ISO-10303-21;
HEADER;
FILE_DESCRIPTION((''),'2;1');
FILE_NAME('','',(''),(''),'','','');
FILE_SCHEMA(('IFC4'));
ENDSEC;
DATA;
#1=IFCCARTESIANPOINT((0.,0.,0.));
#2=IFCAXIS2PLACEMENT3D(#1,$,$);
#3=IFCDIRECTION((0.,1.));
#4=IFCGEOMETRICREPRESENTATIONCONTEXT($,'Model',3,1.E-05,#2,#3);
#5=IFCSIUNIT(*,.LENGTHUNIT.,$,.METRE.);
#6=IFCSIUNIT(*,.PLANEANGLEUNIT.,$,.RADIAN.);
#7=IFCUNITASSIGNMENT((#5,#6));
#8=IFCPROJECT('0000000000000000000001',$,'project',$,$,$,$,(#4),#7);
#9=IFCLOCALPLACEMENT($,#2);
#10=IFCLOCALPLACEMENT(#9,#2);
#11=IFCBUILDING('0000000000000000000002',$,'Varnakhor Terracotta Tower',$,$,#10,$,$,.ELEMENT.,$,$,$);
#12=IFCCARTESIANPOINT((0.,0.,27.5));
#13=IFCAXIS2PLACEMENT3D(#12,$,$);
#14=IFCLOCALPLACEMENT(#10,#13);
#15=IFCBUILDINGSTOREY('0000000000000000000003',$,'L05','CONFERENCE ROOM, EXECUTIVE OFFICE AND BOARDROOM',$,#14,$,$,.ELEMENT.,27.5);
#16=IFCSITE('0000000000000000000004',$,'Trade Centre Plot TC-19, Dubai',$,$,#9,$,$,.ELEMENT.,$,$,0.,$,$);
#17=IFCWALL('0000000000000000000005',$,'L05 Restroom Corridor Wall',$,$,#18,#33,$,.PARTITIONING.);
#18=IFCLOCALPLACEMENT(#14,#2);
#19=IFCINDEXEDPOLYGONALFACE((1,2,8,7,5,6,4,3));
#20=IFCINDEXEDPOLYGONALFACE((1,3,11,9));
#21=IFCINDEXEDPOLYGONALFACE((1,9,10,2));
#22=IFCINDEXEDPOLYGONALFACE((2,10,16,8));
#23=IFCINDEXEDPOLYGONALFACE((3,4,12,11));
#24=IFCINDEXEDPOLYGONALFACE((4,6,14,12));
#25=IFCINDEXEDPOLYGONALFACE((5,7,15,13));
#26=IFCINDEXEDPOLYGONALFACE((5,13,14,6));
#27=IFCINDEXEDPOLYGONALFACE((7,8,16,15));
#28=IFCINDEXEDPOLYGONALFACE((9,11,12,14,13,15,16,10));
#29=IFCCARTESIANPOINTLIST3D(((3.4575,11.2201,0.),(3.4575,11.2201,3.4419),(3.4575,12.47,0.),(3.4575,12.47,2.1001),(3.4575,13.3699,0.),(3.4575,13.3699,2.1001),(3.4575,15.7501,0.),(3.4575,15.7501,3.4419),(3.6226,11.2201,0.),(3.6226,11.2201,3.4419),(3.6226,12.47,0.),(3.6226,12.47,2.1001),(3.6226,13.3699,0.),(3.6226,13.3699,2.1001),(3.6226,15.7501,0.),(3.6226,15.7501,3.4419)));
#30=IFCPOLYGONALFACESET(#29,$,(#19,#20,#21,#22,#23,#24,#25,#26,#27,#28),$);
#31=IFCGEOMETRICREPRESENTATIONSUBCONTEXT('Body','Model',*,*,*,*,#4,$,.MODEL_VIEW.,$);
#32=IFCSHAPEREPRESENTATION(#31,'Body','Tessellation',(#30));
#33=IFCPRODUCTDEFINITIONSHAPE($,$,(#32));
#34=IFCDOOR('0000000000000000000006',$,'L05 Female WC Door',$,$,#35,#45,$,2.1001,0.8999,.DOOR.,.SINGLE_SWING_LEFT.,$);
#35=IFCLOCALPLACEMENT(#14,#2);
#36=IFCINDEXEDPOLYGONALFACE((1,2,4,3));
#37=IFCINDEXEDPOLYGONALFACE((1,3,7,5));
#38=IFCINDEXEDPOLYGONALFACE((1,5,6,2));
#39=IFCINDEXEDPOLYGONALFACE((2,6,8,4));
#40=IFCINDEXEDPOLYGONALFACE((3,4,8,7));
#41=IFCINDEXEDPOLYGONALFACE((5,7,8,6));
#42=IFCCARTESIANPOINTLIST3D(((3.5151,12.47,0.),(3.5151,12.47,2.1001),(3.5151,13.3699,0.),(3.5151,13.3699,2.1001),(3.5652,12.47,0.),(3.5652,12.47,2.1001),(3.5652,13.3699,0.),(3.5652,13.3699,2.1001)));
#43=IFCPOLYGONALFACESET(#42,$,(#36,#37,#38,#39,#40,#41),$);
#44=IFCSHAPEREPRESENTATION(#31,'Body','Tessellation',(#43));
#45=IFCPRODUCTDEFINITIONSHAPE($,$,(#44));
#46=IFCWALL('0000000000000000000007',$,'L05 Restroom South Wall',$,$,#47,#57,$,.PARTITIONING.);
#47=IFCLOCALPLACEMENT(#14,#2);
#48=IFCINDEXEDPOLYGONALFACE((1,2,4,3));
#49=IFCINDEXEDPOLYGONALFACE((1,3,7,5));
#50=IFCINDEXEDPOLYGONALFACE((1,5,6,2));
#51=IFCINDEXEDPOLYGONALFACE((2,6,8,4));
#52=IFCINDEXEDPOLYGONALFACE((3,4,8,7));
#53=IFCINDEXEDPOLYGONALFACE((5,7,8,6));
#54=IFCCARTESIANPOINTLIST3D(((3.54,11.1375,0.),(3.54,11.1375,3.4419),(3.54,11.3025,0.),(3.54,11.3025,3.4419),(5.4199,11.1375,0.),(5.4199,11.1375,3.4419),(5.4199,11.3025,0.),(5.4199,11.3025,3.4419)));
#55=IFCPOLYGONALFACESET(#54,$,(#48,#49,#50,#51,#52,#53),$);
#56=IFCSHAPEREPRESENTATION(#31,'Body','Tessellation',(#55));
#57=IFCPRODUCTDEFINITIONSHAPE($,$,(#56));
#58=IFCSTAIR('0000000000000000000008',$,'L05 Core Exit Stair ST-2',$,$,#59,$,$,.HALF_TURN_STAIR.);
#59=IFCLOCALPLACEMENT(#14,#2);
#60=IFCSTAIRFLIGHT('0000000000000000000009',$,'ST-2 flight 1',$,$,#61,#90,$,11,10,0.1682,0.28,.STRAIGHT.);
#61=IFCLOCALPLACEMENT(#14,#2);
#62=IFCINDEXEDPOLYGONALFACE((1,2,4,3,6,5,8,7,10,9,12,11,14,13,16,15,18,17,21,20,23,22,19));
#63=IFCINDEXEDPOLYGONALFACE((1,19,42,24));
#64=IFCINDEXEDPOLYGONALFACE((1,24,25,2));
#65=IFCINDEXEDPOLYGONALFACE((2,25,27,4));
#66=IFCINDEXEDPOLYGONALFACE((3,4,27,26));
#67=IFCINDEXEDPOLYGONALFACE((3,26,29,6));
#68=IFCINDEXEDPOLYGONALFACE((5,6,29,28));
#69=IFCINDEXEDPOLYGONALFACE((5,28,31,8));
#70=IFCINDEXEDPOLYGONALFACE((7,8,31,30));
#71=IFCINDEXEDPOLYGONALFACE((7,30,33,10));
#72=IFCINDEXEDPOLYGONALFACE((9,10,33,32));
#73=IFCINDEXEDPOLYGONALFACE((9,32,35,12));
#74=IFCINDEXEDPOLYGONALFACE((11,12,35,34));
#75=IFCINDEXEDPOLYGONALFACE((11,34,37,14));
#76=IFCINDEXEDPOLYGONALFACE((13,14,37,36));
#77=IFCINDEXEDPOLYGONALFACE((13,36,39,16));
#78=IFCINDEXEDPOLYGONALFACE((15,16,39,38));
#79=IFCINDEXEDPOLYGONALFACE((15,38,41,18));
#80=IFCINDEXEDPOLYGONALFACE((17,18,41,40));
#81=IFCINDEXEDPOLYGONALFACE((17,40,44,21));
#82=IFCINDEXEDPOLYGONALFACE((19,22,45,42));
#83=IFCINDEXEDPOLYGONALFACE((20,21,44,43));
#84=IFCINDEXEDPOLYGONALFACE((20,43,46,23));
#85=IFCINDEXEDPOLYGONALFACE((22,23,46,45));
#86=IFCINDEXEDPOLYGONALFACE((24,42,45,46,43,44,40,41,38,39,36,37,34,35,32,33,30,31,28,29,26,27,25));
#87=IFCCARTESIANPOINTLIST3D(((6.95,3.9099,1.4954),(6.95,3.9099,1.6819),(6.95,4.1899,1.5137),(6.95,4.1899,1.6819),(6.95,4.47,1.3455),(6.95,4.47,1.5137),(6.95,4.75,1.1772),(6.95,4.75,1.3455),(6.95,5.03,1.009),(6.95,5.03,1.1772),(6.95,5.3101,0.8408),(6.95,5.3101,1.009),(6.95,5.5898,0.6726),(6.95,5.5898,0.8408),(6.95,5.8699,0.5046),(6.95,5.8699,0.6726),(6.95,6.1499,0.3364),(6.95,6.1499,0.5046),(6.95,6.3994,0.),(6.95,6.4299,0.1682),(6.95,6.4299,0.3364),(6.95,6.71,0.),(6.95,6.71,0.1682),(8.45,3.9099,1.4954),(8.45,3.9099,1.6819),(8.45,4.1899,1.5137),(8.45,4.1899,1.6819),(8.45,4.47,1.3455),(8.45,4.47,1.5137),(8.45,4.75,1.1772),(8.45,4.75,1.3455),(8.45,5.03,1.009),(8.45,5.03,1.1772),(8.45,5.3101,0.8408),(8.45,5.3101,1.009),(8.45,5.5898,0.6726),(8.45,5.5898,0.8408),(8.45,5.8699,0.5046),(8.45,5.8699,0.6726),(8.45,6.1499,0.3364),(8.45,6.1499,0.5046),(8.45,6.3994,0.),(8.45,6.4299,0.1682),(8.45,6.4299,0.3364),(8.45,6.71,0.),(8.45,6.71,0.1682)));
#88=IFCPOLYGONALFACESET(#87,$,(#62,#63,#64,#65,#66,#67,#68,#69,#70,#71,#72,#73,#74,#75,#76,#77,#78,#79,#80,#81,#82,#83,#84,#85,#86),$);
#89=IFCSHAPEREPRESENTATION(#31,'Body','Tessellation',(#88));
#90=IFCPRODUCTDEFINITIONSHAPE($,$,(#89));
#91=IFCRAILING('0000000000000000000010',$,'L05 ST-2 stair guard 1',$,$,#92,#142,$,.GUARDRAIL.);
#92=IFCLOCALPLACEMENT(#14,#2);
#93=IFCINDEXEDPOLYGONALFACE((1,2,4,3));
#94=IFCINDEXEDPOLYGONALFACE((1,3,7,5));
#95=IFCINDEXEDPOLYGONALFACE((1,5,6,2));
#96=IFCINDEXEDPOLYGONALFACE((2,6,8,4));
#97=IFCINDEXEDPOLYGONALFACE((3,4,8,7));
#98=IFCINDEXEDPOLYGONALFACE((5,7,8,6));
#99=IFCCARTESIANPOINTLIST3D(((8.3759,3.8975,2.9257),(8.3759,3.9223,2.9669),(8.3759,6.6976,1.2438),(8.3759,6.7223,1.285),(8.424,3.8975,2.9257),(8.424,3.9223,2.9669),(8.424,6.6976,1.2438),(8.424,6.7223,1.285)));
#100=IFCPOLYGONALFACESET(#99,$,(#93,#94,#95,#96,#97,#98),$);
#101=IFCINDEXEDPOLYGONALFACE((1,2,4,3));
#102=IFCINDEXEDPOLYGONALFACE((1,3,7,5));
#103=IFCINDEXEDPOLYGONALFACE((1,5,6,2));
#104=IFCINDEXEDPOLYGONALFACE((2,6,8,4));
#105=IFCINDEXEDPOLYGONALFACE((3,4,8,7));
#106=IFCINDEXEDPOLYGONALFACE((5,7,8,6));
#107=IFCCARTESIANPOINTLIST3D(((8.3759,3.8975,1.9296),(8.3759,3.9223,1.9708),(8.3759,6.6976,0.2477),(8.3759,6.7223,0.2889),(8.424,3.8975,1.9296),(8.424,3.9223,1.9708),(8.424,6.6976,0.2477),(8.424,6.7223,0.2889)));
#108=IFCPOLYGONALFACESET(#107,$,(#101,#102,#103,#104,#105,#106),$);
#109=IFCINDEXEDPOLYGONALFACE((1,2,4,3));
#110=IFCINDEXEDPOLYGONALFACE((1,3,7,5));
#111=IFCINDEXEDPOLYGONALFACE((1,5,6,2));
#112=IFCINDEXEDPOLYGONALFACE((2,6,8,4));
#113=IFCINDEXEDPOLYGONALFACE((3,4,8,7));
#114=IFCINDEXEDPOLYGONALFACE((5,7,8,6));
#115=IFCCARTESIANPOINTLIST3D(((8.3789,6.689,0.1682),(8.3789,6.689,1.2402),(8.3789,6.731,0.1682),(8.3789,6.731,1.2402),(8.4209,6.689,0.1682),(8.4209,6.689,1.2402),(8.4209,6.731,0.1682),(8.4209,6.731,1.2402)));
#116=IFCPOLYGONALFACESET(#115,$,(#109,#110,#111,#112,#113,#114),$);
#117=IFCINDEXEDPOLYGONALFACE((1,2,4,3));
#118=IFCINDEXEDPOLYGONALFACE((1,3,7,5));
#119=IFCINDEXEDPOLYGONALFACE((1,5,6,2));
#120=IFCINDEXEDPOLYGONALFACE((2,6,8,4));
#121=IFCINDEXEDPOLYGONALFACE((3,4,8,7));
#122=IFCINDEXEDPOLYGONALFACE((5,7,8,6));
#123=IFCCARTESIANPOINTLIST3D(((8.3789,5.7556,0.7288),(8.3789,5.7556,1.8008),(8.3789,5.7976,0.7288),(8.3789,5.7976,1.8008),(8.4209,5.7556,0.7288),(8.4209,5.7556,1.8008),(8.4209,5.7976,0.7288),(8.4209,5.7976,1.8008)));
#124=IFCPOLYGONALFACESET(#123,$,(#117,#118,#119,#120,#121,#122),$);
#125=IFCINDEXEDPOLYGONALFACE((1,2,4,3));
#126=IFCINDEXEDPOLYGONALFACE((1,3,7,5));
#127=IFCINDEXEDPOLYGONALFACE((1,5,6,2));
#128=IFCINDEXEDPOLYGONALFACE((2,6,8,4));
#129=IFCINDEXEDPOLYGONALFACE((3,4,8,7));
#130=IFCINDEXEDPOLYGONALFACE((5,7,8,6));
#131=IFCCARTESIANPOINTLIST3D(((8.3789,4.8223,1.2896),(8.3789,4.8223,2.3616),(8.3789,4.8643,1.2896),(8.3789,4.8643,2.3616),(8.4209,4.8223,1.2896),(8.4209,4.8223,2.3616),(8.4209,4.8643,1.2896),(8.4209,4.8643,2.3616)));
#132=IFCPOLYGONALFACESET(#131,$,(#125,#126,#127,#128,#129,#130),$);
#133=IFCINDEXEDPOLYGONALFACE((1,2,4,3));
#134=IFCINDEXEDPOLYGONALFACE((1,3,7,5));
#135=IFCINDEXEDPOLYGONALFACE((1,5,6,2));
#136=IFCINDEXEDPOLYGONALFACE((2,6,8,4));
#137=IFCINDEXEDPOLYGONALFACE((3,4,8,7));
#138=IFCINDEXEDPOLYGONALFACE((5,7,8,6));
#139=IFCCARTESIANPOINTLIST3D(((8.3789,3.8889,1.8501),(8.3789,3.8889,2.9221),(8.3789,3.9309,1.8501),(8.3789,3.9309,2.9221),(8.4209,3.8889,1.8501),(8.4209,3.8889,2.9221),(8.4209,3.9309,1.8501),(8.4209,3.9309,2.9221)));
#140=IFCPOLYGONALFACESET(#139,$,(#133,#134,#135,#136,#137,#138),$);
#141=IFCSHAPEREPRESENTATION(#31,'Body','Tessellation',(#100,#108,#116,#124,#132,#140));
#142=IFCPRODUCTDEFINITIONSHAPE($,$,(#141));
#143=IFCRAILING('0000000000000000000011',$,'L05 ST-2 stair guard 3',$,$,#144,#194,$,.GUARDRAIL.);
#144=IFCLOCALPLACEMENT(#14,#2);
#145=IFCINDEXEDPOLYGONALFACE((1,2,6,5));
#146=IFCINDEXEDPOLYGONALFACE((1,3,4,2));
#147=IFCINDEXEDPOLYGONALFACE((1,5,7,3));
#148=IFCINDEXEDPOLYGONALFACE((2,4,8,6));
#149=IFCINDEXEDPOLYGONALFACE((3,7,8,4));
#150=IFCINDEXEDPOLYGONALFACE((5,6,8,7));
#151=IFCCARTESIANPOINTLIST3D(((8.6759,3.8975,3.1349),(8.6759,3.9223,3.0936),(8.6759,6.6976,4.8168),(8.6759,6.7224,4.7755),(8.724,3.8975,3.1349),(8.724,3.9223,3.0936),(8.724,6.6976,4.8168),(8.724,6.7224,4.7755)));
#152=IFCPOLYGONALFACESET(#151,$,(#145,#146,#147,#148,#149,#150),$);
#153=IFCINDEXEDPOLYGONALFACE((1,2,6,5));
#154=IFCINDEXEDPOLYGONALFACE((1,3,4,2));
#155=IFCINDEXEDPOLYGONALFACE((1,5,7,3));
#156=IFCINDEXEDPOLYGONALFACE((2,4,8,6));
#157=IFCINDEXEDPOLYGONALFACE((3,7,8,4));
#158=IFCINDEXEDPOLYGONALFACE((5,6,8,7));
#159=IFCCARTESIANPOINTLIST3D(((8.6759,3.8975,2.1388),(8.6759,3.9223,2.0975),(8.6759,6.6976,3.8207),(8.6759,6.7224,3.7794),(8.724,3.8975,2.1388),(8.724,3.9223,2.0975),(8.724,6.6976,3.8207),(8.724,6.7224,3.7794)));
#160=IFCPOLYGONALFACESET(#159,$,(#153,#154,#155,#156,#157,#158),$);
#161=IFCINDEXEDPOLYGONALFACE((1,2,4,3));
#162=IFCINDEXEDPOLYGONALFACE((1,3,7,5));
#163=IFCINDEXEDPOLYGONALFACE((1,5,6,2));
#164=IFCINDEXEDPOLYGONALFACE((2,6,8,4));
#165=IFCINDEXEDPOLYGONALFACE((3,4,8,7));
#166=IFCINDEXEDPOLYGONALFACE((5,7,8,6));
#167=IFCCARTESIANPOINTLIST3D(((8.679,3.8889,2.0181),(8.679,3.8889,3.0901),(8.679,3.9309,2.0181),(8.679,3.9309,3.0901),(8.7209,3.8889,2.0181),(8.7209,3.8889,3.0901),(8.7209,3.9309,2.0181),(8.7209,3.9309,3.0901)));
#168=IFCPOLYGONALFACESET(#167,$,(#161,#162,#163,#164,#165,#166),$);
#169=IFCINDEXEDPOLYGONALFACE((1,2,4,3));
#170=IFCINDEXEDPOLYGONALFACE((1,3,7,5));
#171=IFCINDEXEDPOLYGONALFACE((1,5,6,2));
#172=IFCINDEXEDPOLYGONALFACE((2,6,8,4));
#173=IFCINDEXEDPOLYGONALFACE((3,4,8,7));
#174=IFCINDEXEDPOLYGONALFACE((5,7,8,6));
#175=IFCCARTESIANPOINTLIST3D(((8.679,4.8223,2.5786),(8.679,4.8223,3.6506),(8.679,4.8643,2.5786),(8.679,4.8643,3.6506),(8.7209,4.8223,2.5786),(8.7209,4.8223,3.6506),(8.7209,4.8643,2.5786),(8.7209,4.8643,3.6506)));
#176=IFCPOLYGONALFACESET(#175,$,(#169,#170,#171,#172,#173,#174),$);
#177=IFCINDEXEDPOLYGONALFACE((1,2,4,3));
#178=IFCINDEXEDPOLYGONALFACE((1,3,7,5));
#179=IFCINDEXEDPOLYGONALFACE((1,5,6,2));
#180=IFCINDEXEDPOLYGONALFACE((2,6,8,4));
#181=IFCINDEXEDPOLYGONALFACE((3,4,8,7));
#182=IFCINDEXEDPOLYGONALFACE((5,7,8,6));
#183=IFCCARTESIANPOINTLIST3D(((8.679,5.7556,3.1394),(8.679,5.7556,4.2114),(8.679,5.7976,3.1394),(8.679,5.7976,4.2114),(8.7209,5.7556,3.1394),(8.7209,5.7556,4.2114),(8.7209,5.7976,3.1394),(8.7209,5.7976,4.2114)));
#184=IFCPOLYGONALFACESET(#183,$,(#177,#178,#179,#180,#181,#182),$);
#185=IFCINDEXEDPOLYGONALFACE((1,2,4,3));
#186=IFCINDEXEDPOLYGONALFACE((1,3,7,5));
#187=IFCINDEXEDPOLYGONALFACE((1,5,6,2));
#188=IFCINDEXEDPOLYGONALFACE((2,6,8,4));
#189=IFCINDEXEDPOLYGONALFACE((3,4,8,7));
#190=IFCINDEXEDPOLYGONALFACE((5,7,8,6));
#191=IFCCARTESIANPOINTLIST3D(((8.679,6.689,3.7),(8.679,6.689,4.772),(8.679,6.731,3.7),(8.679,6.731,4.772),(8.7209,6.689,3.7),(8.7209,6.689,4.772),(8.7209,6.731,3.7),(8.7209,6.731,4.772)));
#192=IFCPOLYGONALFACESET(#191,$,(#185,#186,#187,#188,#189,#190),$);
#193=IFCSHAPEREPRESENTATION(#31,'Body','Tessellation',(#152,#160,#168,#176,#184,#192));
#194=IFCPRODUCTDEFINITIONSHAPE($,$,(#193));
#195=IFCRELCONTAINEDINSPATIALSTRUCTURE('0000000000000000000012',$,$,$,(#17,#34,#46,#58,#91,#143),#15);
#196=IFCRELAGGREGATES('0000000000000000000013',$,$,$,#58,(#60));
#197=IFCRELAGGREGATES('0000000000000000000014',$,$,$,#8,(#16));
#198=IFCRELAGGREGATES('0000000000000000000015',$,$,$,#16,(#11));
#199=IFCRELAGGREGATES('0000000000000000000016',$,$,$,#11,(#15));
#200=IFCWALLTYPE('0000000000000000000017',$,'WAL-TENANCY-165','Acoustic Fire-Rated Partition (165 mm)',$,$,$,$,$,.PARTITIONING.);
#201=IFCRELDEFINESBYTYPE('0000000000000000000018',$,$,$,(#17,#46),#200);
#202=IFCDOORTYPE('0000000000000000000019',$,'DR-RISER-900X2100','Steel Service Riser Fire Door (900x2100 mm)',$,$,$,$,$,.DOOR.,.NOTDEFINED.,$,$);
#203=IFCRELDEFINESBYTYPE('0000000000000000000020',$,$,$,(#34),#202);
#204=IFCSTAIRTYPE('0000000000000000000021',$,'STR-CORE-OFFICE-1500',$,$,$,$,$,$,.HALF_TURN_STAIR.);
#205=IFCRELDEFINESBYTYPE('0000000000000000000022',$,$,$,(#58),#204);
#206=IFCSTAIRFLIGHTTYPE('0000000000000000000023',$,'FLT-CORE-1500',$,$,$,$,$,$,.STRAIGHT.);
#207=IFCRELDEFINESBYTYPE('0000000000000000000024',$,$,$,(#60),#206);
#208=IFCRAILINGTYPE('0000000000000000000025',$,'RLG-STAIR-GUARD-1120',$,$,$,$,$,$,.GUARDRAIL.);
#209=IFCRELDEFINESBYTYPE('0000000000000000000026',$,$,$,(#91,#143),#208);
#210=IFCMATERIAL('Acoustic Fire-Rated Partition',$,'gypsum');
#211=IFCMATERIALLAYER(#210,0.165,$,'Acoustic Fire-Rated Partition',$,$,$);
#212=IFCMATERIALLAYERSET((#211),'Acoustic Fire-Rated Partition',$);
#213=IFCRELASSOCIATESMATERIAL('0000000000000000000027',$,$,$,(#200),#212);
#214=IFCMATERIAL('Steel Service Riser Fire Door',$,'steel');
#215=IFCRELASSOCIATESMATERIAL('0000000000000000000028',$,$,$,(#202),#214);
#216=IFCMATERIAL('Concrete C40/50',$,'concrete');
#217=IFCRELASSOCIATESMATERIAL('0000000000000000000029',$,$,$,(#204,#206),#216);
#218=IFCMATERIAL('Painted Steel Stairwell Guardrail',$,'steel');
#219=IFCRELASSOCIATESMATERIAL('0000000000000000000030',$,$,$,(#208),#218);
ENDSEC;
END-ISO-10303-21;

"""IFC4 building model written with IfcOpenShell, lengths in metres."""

from ifc_helpers import new_model, si_unit, direction, frame, frame_2d, origin, origin_2d, place, context, subcontext, project, spatial, polyline, rectangle, outline, extrude, source, transform, mapped, material, layer, layer_set, type_object, type_shapes, element, fill, aggregate, save


model = new_model("IFC4")

# Units and contexts
model_context = context("Model", 3, precision=1e-05, world=origin(), true_north=direction((0.0, 1.0)))
body_context = subcontext(model_context, "Body", "Model", "MODEL_VIEW")
ifc_project = project(units=[si_unit("LENGTHUNIT", "METRE"), si_unit("PLANEANGLEUNIT", "RADIAN")], contexts=[model_context])

# Site, building, storey
site_placement = place(None, origin())
site = spatial("IfcSite", under=ifc_project, at=site_placement, Name="Trade Centre Plot TC-19, Dubai", CompositionType="ELEMENT", RefElevation=0.0)
building_placement = place(site_placement, origin())
building = spatial("IfcBuilding", under=site, at=building_placement, Name="Varnakhor Terracotta Tower", CompositionType="ELEMENT")
storey_placement = place(building_placement, frame((0.0, 0.0, 27.5)))
storey = spatial("IfcBuildingStorey", under=building, at=storey_placement, Name="L05", Description="CONFERENCE ROOM, EXECUTIVE OFFICE AND BOARDROOM", CompositionType="ELEMENT", Elevation=27.5)

# Shared definitions
ifc_material_1 = material(Name="Concrete C40/50", Category="concrete")

# Shared definitions
ifc_material_2 = material(Name="Acoustic Fire-Rated Partition", Category="gypsum")
ifc_layer_1 = layer(ifc_material_2, 0.165, Name="Acoustic Fire-Rated Partition")
ifc_layer_set_1 = layer_set([ifc_layer_1], Name="Acoustic Fire-Rated Partition")
wall_type_1 = type_object("IfcWallType", Name="WAL-TENANCY-165", Description="Acoustic Fire-Rated Partition (165 mm)", PredefinedType="PARTITIONING", material=ifc_layer_set_1)
ifc_material_3 = material(Name="Steel Service Riser Fire Door", Category="steel")
door_type = type_object("IfcDoorType", Name="DR-RISER-900X2100", Description="Steel Service Riser Fire Door (900x2100 mm)", OperationType="NOTDEFINED", PredefinedType="DOOR", material=ifc_material_3)
shared_shape_1 = source(origin(), body_context, "Body", "SweptSolid", [
    extrude(rectangle(XDim=0.8999, YDim=2.1001, at=frame_2d((0.45, 1.05))), frame((0.0, 0.0249, 0.0), z_axis=(0.0, -1.0, 0.0), x_axis=(1.0, 0.0, 0.0)), (0.0, 0.0, 1.0), 0.05),
])
type_shapes(door_type, [shared_shape_1])

# Wall, opening, door
wall_1_placement = place(storey_placement, frame((3.54, 11.22, 0.0), z_axis=(0.0, 0.0, 1.0), x_axis=(0.0, 1.0, 0.0)))
wall_1 = element("IfcWall", 1, at=wall_1_placement, inside=storey, type_object=wall_type_1, Name="L05 Restroom Corridor Wall", PredefinedType="PARTITIONING", context=body_context, shape_type="SweptSolid", body=[
    extrude(rectangle(XDim=4.53, YDim=0.165, at=frame_2d((2.2651, 0.0))), origin(), (0.0, 0.0, 1.0), 3.4419),
])
opening_1_placement = place(wall_1_placement, frame((1.25, 0.0, 0.0)))
opening_1 = element("IfcOpeningElement", 2, at=opening_1_placement, cuts=wall_1, PredefinedType="OPENING", context=body_context, shape_type="SweptSolid", body=[
    extrude(rectangle(XDim=0.8999, YDim=2.1001, at=frame_2d((0.45, 1.05))), frame((0.0, 0.0925, 0.0), z_axis=(0.0, -1.0, 0.0), x_axis=(1.0, 0.0, 0.0)), (0.0, 0.0, 1.0), 0.1851),
])
door_1_placement = place(opening_1_placement, origin())
door_1 = element("IfcDoor", 3, at=door_1_placement, inside=storey, type_object=door_type, Name="L05 Female WC Door", OperationType="SINGLE_SWING_LEFT", OverallHeight=2.1001, OverallWidth=0.8999, PredefinedType="DOOR", context=body_context, shape_type="MappedRepresentation", body=[
    mapped(shared_shape_1, transform((0.0, 0.0, 0.0), scale=1.0)),
])
fill(opening_1, door_1)

# Wall
wall_2_placement = place(storey_placement, frame((3.54, 11.22, 0.0), z_axis=(0.0, 0.0, 1.0), x_axis=(1.0, 0.0, 0.0)))
element("IfcWall", 4, at=wall_2_placement, inside=storey, type_object=wall_type_1, Name="L05 Restroom South Wall", PredefinedType="PARTITIONING", context=body_context, shape_type="SweptSolid", body=[
    extrude(rectangle(XDim=1.8799, YDim=0.165, at=frame_2d((0.9399, 0.0))), origin(), (0.0, 0.0, 1.0), 3.4419),
])

# Stair, stair flight
stair_type = type_object("IfcStairType", Name="STR-CORE-OFFICE-1500", PredefinedType="HALF_TURN_STAIR", material=ifc_material_1)
stair_placement = place(storey_placement, origin())
stair = element("IfcStair", 5, at=stair_placement, inside=storey, type_object=stair_type, Name="L05 Core Exit Stair ST-2", PredefinedType="HALF_TURN_STAIR")
stair_flight_type = type_object("IfcStairFlightType", Name="FLT-CORE-1500", PredefinedType="STRAIGHT", material=ifc_material_1)
stair_flight_placement = place(storey_placement, frame((7.7, 6.71, 0.0), z_axis=(0.0, 0.0, 1.0), x_axis=(0.0, -1.0, 0.0)))
stair_flight = element("IfcStairFlight", 6, at=stair_flight_placement, type_object=stair_flight_type, Name="ST-2 flight 1", NumberOfRisers=11, NumberOfTreads=10, PredefinedType="STRAIGHT", RiserHeight=0.1682, TreadLength=0.28, context=body_context, shape_type="SweptSolid", body=[
    extrude(outline(polyline([(0.0, 0.0), (0.0, 0.1682), (0.28, 0.1682), (0.28, 0.3364), (0.5601, 0.3364), (0.5601, 0.5046), (0.8401, 0.5046), (0.8401, 0.6726), (1.1201, 0.6726), (1.1201, 0.8408), (1.3999, 0.8408), (1.3999, 1.009), (1.6799, 1.009), (1.6799, 1.1772), (1.96, 1.1772), (1.96, 1.3455), (2.24, 1.3455), (2.24, 1.5137), (2.52, 1.5137), (2.52, 1.6819), (2.8, 1.6819), (2.8, 1.8501), (2.8, 1.4954), (0.3105, 0.0), (0.0, 0.0)])), frame((0.0, 0.75, 0.0), z_axis=(0.0, -1.0, 0.0), x_axis=(1.0, 0.0, 0.0)), (0.0, 0.0, 1.0), 1.5),
])
aggregate(stair, [stair_flight])

# Railings
ifc_material_4 = material(Name="Painted Steel Stairwell Guardrail", Category="steel")
railing_type_1 = type_object("IfcRailingType", Name="RLG-STAIR-GUARD-1120", PredefinedType="GUARDRAIL", material=ifc_material_4)
railing_1_placement = place(storey_placement, frame((8.3999, 6.71, 0.1682)))
element("IfcRailing", 7, at=railing_1_placement, inside=storey, type_object=railing_type_1, Name="L05 ST-2 stair guard 1", PredefinedType="GUARDRAIL", context=body_context, shape_type="SweptSolid", body=[
    extrude(rectangle(XDim=0.0481, YDim=0.0481, at=origin_2d()), frame((0.0, 0.0, 1.0962), z_axis=(0.0, -0.857242, 0.514913), x_axis=(1.0, 0.0, 0.0)), (0.0, 0.0, 1.0), 3.2664),
    extrude(rectangle(XDim=0.0481, YDim=0.0481, at=origin_2d()), frame((0.0, 0.0, 0.1001), z_axis=(0.0, -0.857242, 0.514913), x_axis=(1.0, 0.0, 0.0)), (0.0, 0.0, 1.0), 3.2664),
    extrude(rectangle(XDim=0.042, YDim=0.042, at=origin_2d()), origin(), (0.0, 0.0, 1.0), 1.072),
    extrude(rectangle(XDim=0.042, YDim=0.042, at=origin_2d()), frame((0.0, -0.9333, 0.5605)), (0.0, 0.0, 1.0), 1.072),
    extrude(rectangle(XDim=0.042, YDim=0.042, at=origin_2d()), frame((0.0, -1.8667, 1.1213)), (0.0, 0.0, 1.0), 1.072),
    extrude(rectangle(XDim=0.042, YDim=0.042, at=origin_2d()), frame((0.0, -2.8, 1.6819)), (0.0, 0.0, 1.0), 1.072),
])
railing_2_placement = place(storey_placement, frame((8.7, 3.9099, 2.0181)))
element("IfcRailing", 8, at=railing_2_placement, inside=storey, type_object=railing_type_1, Name="L05 ST-2 stair guard 3", PredefinedType="GUARDRAIL", context=body_context, shape_type="SweptSolid", body=[
    extrude(rectangle(XDim=0.0481, YDim=0.0481, at=origin_2d()), frame((0.0, 0.0, 1.0962), z_axis=(0.0, 0.857242, 0.514913), x_axis=(-1.0, 0.0, 0.0)), (0.0, 0.0, 1.0), 3.2664),
    extrude(rectangle(XDim=0.0481, YDim=0.0481, at=origin_2d()), frame((0.0, 0.0, 0.1001), z_axis=(0.0, 0.857242, 0.514913), x_axis=(-1.0, 0.0, 0.0)), (0.0, 0.0, 1.0), 3.2664),
    extrude(rectangle(XDim=0.042, YDim=0.042, at=origin_2d()), origin(), (0.0, 0.0, 1.0), 1.072),
    extrude(rectangle(XDim=0.042, YDim=0.042, at=origin_2d()), frame((0.0, 0.9333, 0.5605)), (0.0, 0.0, 1.0), 1.072),
    extrude(rectangle(XDim=0.042, YDim=0.042, at=origin_2d()), frame((0.0, 1.8667, 1.1213)), (0.0, 0.0, 1.0), 1.072),
    extrude(rectangle(XDim=0.042, YDim=0.042, at=origin_2d()), frame((0.0, 2.8, 1.6819)), (0.0, 0.0, 1.0), 1.072),
])

save(model, "model.ifc")
